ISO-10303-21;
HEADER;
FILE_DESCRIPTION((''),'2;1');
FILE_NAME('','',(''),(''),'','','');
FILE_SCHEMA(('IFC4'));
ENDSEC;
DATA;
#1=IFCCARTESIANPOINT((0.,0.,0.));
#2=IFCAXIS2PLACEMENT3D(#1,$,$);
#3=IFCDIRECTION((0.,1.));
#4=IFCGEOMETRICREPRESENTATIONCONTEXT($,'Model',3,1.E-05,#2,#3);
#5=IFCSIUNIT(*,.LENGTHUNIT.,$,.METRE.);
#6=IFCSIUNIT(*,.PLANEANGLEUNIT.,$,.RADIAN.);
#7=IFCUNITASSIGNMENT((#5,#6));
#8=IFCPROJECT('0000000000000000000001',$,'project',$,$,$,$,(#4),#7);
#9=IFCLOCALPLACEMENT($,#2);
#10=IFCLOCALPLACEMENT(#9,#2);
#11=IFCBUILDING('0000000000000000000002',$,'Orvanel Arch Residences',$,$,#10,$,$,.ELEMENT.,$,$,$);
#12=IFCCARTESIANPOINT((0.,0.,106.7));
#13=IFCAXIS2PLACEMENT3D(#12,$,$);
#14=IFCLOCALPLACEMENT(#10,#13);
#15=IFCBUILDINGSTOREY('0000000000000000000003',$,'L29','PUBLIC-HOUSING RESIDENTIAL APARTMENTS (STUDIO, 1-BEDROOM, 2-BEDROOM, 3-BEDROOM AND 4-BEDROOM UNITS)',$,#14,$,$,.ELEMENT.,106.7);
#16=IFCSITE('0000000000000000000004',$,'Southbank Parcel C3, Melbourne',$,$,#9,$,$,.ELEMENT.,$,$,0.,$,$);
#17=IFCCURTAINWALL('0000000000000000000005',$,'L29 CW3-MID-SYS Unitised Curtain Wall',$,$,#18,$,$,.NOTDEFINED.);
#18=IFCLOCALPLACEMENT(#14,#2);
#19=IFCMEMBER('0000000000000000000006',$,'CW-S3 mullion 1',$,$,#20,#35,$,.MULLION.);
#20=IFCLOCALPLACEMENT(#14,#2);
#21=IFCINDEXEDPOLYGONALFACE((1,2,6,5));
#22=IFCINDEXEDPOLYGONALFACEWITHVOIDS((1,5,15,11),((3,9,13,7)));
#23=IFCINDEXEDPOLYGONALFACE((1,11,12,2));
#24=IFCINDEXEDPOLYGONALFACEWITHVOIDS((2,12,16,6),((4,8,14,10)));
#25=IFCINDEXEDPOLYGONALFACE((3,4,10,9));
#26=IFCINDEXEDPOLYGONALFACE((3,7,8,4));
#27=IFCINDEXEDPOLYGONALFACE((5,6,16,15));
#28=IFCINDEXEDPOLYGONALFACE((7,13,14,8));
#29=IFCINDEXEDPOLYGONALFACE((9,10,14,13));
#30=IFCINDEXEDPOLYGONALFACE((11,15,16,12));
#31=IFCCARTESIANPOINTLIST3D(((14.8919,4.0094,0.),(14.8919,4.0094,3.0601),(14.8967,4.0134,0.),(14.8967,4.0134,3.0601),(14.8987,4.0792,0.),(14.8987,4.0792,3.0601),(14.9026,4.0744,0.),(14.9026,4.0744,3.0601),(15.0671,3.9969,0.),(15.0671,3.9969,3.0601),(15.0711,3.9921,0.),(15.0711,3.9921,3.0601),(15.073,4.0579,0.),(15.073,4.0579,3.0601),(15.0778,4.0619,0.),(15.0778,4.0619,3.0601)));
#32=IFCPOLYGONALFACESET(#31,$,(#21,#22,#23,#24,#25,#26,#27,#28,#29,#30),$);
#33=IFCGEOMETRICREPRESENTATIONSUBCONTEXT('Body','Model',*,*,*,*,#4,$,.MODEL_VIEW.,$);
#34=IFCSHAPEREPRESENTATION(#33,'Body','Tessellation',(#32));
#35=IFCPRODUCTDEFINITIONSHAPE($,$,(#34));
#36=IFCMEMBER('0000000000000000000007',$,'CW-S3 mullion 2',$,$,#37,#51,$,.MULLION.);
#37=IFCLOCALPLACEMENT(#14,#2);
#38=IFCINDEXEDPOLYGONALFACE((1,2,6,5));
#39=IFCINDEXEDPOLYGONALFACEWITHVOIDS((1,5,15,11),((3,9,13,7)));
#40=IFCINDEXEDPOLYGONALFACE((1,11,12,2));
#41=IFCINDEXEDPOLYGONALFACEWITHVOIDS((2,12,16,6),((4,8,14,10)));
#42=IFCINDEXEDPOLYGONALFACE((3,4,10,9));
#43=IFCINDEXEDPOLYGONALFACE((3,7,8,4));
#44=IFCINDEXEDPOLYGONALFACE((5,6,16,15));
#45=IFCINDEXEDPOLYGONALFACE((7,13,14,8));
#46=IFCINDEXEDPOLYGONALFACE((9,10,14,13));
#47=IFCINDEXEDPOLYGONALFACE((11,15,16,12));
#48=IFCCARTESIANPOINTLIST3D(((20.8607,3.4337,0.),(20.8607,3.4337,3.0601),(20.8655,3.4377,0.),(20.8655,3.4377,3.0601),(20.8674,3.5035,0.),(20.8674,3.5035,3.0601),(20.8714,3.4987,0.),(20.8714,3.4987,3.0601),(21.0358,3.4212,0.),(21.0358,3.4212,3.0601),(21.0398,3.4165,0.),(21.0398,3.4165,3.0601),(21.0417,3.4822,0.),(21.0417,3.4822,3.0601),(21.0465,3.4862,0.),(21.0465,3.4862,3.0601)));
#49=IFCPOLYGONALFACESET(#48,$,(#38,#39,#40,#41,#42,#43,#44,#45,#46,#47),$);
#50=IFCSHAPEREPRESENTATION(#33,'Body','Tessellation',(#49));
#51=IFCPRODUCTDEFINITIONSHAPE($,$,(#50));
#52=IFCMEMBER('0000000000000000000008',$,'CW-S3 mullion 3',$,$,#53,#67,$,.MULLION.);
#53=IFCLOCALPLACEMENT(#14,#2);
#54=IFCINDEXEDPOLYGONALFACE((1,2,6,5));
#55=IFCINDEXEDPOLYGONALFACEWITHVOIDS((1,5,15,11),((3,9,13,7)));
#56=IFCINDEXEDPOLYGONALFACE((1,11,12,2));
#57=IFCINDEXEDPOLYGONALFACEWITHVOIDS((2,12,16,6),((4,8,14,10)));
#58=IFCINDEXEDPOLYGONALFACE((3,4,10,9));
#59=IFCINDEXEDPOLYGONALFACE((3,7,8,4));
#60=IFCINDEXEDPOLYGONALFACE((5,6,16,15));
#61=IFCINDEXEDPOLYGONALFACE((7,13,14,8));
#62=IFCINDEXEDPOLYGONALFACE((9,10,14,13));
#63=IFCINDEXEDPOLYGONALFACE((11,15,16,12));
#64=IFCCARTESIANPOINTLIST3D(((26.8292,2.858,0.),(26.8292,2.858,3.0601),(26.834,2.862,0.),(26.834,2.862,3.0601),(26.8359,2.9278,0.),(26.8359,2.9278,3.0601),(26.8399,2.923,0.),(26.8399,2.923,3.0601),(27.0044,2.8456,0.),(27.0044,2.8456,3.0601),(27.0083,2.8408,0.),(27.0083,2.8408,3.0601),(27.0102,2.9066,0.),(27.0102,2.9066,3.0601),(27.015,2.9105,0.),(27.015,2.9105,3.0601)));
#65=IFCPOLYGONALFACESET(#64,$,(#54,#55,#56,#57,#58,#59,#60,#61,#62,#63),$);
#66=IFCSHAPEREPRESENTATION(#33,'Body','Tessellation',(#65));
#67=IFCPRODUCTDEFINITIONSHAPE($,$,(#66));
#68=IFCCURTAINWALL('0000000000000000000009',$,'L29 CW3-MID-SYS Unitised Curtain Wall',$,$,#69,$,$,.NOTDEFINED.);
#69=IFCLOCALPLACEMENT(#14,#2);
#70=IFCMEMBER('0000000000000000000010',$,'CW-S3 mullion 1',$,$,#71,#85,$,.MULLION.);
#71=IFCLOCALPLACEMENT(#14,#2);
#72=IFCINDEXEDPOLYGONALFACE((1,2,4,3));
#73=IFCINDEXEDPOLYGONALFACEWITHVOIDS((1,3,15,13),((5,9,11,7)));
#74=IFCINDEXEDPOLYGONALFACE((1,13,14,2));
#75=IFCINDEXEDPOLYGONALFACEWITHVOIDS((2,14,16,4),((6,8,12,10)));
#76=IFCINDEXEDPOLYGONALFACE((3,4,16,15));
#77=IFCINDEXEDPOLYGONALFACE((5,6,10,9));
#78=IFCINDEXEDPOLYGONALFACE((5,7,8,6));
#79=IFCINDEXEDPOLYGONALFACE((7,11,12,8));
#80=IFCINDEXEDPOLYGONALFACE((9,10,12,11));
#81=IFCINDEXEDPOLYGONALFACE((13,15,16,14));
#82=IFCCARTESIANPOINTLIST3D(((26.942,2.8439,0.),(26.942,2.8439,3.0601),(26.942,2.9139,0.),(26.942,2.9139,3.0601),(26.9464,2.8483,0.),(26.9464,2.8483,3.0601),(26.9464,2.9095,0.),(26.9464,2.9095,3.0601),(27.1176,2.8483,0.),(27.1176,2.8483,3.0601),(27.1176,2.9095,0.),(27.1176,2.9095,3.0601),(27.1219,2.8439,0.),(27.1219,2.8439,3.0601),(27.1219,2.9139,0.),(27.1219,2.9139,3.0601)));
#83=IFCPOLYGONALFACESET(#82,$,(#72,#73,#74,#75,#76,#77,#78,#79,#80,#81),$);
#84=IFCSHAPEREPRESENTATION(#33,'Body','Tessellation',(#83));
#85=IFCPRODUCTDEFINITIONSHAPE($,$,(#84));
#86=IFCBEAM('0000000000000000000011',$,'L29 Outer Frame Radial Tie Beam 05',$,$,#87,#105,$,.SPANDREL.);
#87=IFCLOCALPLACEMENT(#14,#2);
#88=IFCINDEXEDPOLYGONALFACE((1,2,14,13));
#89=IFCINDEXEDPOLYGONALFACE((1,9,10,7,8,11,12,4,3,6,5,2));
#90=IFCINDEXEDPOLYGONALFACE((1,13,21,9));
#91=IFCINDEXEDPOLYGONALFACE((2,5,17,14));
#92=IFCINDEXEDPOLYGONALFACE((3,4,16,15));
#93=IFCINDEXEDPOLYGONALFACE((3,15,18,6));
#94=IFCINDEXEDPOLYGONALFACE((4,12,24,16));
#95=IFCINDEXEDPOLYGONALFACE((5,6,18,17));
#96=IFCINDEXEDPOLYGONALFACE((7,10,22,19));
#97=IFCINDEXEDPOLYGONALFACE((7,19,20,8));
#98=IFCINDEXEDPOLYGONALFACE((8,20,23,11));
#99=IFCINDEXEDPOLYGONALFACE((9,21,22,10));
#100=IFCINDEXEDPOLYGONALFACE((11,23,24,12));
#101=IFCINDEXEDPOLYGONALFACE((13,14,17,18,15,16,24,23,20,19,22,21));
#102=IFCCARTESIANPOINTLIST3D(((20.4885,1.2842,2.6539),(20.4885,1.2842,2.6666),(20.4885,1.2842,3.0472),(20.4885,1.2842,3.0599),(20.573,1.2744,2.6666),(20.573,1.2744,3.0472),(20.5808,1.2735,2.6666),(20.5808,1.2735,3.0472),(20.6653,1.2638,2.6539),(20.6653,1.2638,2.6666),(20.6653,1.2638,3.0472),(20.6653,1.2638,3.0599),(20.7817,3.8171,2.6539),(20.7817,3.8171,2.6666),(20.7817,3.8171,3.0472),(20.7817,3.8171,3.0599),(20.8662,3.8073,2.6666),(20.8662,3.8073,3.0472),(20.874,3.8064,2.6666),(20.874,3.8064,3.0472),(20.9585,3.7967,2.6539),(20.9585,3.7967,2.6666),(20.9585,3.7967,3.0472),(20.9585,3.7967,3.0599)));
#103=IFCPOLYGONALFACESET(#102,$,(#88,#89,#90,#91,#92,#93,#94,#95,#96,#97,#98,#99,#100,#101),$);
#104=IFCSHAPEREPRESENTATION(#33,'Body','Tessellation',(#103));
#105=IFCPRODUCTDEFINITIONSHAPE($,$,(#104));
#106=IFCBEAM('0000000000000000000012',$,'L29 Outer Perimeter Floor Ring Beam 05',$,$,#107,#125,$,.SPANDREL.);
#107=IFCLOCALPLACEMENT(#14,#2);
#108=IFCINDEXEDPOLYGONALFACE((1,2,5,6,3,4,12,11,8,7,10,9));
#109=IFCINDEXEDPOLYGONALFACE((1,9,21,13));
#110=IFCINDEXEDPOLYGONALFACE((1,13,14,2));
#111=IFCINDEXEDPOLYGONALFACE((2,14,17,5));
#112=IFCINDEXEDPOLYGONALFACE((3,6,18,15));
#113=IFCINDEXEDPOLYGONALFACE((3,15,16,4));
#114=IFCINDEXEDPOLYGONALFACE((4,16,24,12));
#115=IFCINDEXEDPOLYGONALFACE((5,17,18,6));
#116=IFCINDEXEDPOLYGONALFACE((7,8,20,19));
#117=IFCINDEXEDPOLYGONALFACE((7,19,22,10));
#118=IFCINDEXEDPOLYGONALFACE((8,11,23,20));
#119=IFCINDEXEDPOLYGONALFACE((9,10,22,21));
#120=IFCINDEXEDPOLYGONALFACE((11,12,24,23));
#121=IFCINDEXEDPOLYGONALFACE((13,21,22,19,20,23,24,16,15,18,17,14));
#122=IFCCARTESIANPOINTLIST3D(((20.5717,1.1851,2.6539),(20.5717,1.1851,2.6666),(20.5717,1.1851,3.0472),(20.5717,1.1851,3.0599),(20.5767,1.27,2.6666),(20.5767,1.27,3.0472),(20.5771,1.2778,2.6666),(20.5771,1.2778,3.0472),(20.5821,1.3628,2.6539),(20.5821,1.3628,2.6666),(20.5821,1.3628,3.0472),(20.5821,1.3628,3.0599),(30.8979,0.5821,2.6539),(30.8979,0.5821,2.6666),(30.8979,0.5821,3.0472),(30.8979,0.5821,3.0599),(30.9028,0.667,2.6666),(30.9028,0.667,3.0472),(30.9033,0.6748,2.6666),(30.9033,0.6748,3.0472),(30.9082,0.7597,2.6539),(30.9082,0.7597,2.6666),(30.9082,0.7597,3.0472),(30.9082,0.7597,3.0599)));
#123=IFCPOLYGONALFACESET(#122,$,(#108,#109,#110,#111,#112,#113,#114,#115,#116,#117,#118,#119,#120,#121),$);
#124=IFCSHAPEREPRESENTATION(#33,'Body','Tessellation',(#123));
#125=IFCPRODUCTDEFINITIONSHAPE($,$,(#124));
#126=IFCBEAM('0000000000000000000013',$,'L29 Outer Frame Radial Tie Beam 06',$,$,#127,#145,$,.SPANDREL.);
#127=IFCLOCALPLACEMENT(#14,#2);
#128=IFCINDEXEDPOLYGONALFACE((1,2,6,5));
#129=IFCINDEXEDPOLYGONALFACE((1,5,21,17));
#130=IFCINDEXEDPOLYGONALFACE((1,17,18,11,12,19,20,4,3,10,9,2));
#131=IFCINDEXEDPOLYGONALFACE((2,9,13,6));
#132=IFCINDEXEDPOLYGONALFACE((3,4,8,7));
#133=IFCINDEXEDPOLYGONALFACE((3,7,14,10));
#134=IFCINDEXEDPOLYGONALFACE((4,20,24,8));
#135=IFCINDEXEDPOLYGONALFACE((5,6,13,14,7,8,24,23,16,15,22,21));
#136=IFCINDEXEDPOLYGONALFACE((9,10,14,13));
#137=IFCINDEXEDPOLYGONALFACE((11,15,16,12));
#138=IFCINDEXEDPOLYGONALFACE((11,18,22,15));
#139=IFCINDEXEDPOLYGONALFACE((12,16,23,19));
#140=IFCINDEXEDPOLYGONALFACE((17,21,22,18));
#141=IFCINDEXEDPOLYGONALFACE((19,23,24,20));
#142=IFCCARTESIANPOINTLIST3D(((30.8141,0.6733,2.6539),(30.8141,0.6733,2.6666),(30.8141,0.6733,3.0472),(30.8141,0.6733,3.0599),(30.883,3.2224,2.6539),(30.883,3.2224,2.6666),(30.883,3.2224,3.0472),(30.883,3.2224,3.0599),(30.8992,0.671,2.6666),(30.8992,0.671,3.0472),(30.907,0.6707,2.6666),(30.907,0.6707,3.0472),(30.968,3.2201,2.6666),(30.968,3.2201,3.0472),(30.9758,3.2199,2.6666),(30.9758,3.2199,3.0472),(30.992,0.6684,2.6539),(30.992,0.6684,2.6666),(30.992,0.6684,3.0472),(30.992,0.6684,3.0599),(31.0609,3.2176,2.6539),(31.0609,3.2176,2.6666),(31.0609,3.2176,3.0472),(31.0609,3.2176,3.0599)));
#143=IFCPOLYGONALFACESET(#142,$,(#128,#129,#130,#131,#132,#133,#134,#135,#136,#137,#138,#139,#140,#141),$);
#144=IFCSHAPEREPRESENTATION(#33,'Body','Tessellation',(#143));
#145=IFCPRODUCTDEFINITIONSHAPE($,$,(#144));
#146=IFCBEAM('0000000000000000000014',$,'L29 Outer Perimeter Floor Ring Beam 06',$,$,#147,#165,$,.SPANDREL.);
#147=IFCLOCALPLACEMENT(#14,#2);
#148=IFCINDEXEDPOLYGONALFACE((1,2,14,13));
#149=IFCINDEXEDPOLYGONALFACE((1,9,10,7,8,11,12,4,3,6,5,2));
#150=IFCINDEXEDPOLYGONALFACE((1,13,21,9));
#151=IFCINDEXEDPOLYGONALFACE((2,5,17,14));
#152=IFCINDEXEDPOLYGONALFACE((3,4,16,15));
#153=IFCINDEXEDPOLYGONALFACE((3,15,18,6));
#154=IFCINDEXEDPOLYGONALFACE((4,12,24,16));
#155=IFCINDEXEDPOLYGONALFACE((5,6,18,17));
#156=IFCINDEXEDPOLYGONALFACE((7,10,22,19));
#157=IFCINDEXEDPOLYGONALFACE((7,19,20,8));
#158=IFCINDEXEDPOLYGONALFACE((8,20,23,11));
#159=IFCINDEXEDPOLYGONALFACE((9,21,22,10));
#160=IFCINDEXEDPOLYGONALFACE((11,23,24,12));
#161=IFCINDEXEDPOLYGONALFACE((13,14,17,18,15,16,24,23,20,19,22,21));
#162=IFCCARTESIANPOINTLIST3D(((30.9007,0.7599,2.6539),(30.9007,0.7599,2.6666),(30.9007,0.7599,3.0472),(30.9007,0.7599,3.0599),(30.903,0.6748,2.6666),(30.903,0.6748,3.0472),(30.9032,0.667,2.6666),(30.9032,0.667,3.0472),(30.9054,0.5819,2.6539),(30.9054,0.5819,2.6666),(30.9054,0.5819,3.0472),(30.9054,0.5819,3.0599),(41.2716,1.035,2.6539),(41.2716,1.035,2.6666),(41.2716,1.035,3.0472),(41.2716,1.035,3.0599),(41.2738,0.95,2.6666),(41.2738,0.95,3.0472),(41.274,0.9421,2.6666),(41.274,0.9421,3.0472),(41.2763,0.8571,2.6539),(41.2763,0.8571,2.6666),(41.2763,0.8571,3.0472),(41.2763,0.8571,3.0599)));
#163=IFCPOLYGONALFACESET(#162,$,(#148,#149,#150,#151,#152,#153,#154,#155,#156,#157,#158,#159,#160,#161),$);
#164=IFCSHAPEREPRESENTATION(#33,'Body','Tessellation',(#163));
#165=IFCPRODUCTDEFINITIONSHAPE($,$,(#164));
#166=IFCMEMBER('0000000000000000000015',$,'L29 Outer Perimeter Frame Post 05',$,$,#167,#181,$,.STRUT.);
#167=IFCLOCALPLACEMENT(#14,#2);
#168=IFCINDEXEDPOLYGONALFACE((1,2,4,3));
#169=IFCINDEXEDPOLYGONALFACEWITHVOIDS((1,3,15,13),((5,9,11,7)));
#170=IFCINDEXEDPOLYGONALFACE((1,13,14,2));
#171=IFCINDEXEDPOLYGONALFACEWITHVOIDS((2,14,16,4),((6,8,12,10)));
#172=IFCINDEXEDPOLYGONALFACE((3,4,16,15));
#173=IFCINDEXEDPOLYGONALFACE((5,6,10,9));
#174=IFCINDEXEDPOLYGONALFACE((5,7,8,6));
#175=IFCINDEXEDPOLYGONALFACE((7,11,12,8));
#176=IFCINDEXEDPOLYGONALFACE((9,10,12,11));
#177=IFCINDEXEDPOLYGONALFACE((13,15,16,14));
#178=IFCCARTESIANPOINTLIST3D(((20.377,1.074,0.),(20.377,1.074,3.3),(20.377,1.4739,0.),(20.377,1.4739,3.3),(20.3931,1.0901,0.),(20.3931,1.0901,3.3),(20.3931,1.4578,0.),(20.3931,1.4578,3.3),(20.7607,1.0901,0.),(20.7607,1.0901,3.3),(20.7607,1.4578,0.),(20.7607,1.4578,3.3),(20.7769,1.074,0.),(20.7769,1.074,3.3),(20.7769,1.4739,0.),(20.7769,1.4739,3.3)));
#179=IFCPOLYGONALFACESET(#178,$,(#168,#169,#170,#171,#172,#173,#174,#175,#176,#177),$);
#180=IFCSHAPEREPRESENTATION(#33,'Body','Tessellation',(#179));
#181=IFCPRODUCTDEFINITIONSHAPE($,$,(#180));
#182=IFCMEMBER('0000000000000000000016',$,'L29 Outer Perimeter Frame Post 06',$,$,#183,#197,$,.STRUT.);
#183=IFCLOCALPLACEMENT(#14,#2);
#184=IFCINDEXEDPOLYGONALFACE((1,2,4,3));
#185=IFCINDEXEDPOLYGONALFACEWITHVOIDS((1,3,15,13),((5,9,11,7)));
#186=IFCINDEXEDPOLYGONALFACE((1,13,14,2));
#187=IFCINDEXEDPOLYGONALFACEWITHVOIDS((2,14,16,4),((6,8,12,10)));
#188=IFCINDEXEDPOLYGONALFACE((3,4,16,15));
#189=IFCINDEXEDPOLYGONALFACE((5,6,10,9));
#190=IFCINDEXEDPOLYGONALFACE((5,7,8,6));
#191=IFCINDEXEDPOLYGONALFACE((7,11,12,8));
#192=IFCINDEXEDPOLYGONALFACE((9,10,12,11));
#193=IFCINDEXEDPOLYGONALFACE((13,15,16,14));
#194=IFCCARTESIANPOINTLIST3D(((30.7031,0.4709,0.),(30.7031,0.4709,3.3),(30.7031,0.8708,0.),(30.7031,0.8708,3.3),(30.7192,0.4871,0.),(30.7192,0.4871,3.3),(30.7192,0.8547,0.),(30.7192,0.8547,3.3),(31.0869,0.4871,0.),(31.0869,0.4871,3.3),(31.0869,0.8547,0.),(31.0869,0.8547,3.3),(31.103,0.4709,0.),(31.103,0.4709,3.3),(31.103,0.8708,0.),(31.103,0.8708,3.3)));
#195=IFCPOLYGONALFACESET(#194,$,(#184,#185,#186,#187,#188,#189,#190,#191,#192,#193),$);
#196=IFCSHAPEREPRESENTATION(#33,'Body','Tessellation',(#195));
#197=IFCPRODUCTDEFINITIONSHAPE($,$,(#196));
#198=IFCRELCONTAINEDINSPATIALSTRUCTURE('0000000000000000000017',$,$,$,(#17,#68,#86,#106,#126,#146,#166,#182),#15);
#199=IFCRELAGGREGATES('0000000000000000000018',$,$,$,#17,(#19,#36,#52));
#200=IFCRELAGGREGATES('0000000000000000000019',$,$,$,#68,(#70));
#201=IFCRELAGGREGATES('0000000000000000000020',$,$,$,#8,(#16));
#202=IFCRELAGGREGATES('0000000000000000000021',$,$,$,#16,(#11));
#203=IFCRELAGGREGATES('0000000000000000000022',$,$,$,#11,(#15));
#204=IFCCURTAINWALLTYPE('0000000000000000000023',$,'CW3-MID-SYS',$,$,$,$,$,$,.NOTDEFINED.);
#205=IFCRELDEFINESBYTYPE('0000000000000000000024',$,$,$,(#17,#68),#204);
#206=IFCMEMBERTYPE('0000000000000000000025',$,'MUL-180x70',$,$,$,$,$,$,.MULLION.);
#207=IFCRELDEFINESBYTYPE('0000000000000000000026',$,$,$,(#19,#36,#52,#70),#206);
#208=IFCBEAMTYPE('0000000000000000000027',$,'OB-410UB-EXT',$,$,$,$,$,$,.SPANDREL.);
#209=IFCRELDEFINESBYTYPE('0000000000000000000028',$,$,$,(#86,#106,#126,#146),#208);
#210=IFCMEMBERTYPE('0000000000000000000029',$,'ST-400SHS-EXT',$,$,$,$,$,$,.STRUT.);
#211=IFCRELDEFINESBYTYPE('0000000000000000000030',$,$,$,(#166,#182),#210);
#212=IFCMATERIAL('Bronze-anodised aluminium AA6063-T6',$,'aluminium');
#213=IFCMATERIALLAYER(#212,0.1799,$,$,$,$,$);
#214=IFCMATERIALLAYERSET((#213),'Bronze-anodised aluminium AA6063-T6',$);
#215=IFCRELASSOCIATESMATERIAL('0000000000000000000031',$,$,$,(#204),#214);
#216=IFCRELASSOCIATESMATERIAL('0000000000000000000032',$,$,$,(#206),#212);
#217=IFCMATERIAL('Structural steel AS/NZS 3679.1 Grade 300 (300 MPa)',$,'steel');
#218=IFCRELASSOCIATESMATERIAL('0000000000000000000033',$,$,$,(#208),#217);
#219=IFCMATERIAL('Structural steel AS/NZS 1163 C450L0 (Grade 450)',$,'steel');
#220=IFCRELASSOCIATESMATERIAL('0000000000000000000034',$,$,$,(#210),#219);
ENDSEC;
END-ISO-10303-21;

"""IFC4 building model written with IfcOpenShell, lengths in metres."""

from ifc_helpers import new_model, si_unit, direction, frame, origin, origin_2d, place, context, subcontext, project, spatial, hollow_rectangle, i_section, extrude, material, layer, layer_set, material_profile, profile_set, type_object, element, aggregate, save


model = new_model("IFC4")

# Units and contexts
model_context = context("Model", 3, precision=1e-05, world=origin(), true_north=direction((0.0, 1.0)))
body_context = subcontext(model_context, "Body", "Model", "MODEL_VIEW")
ifc_project = project(units=[si_unit("LENGTHUNIT", "METRE"), si_unit("PLANEANGLEUNIT", "RADIAN")], contexts=[model_context])

# Site, building, storey
site_placement = place(None, origin())
site = spatial("IfcSite", under=ifc_project, at=site_placement, Name="Southbank Parcel C3, Melbourne", CompositionType="ELEMENT", RefElevation=0.0)
building_placement = place(site_placement, origin())
building = spatial("IfcBuilding", under=site, at=building_placement, Name="Orvanel Arch Residences", CompositionType="ELEMENT")
storey_placement = place(building_placement, frame((0.0, 0.0, 106.7)))
storey = spatial("IfcBuildingStorey", under=building, at=storey_placement, Name="L29", Description="PUBLIC-HOUSING RESIDENTIAL APARTMENTS (STUDIO, 1-BEDROOM, 2-BEDROOM, 3-BEDROOM AND 4-BEDROOM UNITS)", CompositionType="ELEMENT", Elevation=106.7)

# Curtain wall, members
ifc_material_1 = material(Name="Bronze-anodised aluminium AA6063-T6", Category="aluminium")
ifc_layer_1 = layer(ifc_material_1, 0.1799)
ifc_layer_set_1 = layer_set([ifc_layer_1], Name="Bronze-anodised aluminium AA6063-T6")
curtain_wall_type = type_object("IfcCurtainWallType", Name="CW3-MID-SYS", PredefinedType="NOTDEFINED", material=ifc_layer_set_1)
curtain_wall_1_placement = place(storey_placement, origin())
curtain_wall_1 = element("IfcCurtainWall", 1, at=curtain_wall_1_placement, inside=storey, type_object=curtain_wall_type, Name="L29 CW3-MID-SYS Unitised Curtain Wall", PredefinedType="NOTDEFINED")
ifc_material_profile_1 = material_profile(ifc_material_1, hollow_rectangle(XDim=0.0701, YDim=0.1799, WallThickness=0.0044, at=origin_2d()), Name="ALU180x70x4.5")
ifc_profile_set_1 = profile_set([ifc_material_profile_1], Name="Bronze-anodised aluminium AA6063-T6")
member_type_1 = type_object("IfcMemberType", Name="MUL-180x70", PredefinedType="MULLION", material=ifc_profile_set_1)
member_1_placement = place(storey_placement, frame((14.9849, 4.0356, 0.0), z_axis=(0.0, 0.0, 1.0), x_axis=(0.095998, 0.995381, 0.0)))
member_1 = element("IfcMember", 2, at=member_1_placement, type_object=member_type_1, Name="CW-S3 mullion 1", PredefinedType="MULLION", context=body_context, shape_type="SweptSolid", body=[
    extrude(hollow_rectangle(XDim=0.0701, YDim=0.1799, WallThickness=0.0044, at=origin_2d()), origin(), (0.0, 0.0, 1.0), 3.0601),
])
member_2_placement = place(storey_placement, frame((20.9536, 3.46, 0.0), z_axis=(0.0, 0.0, 1.0), x_axis=(0.095998, 0.995381, 0.0)))
member_2 = element("IfcMember", 3, at=member_2_placement, type_object=member_type_1, Name="CW-S3 mullion 2", PredefinedType="MULLION", context=body_context, shape_type="SweptSolid", body=[
    extrude(hollow_rectangle(XDim=0.0701, YDim=0.1799, WallThickness=0.0044, at=origin_2d()), origin(), (0.0, 0.0, 1.0), 3.0601),
])
member_3_placement = place(storey_placement, frame((26.9221, 2.8843, 0.0), z_axis=(0.0, 0.0, 1.0), x_axis=(0.095998, 0.995381, 0.0)))
member_3 = element("IfcMember", 4, at=member_3_placement, type_object=member_type_1, Name="CW-S3 mullion 3", PredefinedType="MULLION", context=body_context, shape_type="SweptSolid", body=[
    extrude(hollow_rectangle(XDim=0.0701, YDim=0.1799, WallThickness=0.0044, at=origin_2d()), origin(), (0.0, 0.0, 1.0), 3.0601),
])

# Curtain wall, member
curtain_wall_2_placement = place(storey_placement, origin())
curtain_wall_2 = element("IfcCurtainWall", 5, at=curtain_wall_2_placement, inside=storey, type_object=curtain_wall_type, Name="L29 CW3-MID-SYS Unitised Curtain Wall", PredefinedType="NOTDEFINED")
member_4_placement = place(storey_placement, frame((27.032, 2.8789, 0.0), z_axis=(0.0, 0.0, 1.0), x_axis=(0.0, 1.0, 0.0)))
member_4 = element("IfcMember", 6, at=member_4_placement, type_object=member_type_1, Name="CW-S3 mullion 1", PredefinedType="MULLION", context=body_context, shape_type="SweptSolid", body=[
    extrude(hollow_rectangle(XDim=0.0701, YDim=0.1799, WallThickness=0.0044, at=origin_2d()), origin(), (0.0, 0.0, 1.0), 3.0601),
])

# Beams
ifc_material_2 = material(Name="Structural steel AS/NZS 3679.1 Grade 300 (300 MPa)", Category="steel")
ifc_material_profile_2 = material_profile(ifc_material_2, i_section(OverallWidth=0.178, OverallDepth=0.406, WebThickness=0.0078, FlangeThickness=0.0127, at=origin_2d()), Name="410UB59.7")
ifc_profile_set_2 = profile_set([ifc_material_profile_2], Name="Structural steel AS/NZS 3679.1 Grade 300 (300 MPa)")
beam_type = type_object("IfcBeamType", Name="OB-410UB-EXT", PredefinedType="SPANDREL", material=ifc_profile_set_2)
beam_1_placement = place(storey_placement, frame((20.8701, 3.8069, 2.8569), z_axis=(-0.114991, -0.993367, 0.0), x_axis=(0.993367, -0.114991, 0.0)))
element("IfcBeam", 7, at=beam_1_placement, inside=storey, type_object=beam_type, Name="L29 Outer Frame Radial Tie Beam 05", PredefinedType="SPANDREL", context=body_context, shape_type="SweptSolid", body=[
    extrude(i_section(OverallWidth=0.178, OverallDepth=0.406, WebThickness=0.0078, FlangeThickness=0.0127, at=origin_2d()), origin(), (0.0, 0.0, 1.0), 2.5498),
])
beam_2_placement = place(storey_placement, frame((20.5769, 1.2739, 2.8569), z_axis=(0.998299, -0.058299, 0.0), x_axis=(0.058299, 0.998299, 0.0)))
element("IfcBeam", 8, at=beam_2_placement, inside=storey, type_object=beam_type, Name="L29 Outer Perimeter Floor Ring Beam 05", PredefinedType="SPANDREL", context=body_context, shape_type="SweptSolid", body=[
    extrude(i_section(OverallWidth=0.178, OverallDepth=0.406, WebThickness=0.0078, FlangeThickness=0.0127, at=origin_2d()), origin(), (0.0, 0.0, 1.0), 10.3438),
])
beam_3_placement = place(storey_placement, frame((30.9719, 3.22, 2.8569), z_axis=(-0.026999, -0.999635, 0.0), x_axis=(0.999635, -0.026999, 0.0)))
element("IfcBeam", 9, at=beam_3_placement, inside=storey, type_object=beam_type, Name="L29 Outer Frame Radial Tie Beam 06", PredefinedType="SPANDREL", context=body_context, shape_type="SweptSolid", body=[
    extrude(i_section(OverallWidth=0.178, OverallDepth=0.406, WebThickness=0.0078, FlangeThickness=0.0127, at=origin_2d()), origin(), (0.0, 0.0, 1.0), 2.55),
])
beam_4_placement = place(storey_placement, frame((30.9031, 0.6709, 2.8569), z_axis=(0.999648, 0.026521, 0.0), x_axis=(-0.026521, 0.999648, 0.0)))
element("IfcBeam", 10, at=beam_4_placement, inside=storey, type_object=beam_type, Name="L29 Outer Perimeter Floor Ring Beam 06", PredefinedType="SPANDREL", context=body_context, shape_type="SweptSolid", body=[
    extrude(i_section(OverallWidth=0.178, OverallDepth=0.406, WebThickness=0.0078, FlangeThickness=0.0127, at=origin_2d()), origin(), (0.0, 0.0, 1.0), 10.3745),
])

# Members
ifc_material_3 = material(Name="Structural steel AS/NZS 1163 C450L0 (Grade 450)", Category="steel")
ifc_material_profile_3 = material_profile(ifc_material_3, hollow_rectangle(XDim=0.3999, YDim=0.3999, WallThickness=0.0161, at=origin_2d()), Name="SHS400x400x16")
ifc_profile_set_3 = profile_set([ifc_material_profile_3], Name="Structural steel AS/NZS 1163 C450L0 (Grade 450)")
member_type_2 = type_object("IfcMemberType", Name="ST-400SHS-EXT", PredefinedType="STRUT", material=ifc_profile_set_3)
for number, where, z_axis, x_axis, name in (
    (11, (20.5769, 1.2739, 0.0), (0.0, 0.0, 1.0), (1.0, 0.0, 0.0), "L29 Outer Perimeter Frame Post 05"),
    (12, (30.9031, 0.6709, 0.0), (0.0, 0.0, 1.0), (1.0, 0.0, 0.0), "L29 Outer Perimeter Frame Post 06"),
):
    element("IfcMember", number, at=place(storey_placement, frame(where, z_axis=z_axis, x_axis=x_axis)), inside=storey, type_object=member_type_2, Name=name, PredefinedType="STRUT", context=body_context, shape_type="SweptSolid", body=[
        extrude(hollow_rectangle(XDim=0.3999, YDim=0.3999, WallThickness=0.0161, at=origin_2d()), origin(), (0.0, 0.0, 1.0), 3.3),
    ])

aggregate(curtain_wall_1, [member_1, member_2, member_3])
aggregate(curtain_wall_2, [member_4])

save(model, "model.ifc")
